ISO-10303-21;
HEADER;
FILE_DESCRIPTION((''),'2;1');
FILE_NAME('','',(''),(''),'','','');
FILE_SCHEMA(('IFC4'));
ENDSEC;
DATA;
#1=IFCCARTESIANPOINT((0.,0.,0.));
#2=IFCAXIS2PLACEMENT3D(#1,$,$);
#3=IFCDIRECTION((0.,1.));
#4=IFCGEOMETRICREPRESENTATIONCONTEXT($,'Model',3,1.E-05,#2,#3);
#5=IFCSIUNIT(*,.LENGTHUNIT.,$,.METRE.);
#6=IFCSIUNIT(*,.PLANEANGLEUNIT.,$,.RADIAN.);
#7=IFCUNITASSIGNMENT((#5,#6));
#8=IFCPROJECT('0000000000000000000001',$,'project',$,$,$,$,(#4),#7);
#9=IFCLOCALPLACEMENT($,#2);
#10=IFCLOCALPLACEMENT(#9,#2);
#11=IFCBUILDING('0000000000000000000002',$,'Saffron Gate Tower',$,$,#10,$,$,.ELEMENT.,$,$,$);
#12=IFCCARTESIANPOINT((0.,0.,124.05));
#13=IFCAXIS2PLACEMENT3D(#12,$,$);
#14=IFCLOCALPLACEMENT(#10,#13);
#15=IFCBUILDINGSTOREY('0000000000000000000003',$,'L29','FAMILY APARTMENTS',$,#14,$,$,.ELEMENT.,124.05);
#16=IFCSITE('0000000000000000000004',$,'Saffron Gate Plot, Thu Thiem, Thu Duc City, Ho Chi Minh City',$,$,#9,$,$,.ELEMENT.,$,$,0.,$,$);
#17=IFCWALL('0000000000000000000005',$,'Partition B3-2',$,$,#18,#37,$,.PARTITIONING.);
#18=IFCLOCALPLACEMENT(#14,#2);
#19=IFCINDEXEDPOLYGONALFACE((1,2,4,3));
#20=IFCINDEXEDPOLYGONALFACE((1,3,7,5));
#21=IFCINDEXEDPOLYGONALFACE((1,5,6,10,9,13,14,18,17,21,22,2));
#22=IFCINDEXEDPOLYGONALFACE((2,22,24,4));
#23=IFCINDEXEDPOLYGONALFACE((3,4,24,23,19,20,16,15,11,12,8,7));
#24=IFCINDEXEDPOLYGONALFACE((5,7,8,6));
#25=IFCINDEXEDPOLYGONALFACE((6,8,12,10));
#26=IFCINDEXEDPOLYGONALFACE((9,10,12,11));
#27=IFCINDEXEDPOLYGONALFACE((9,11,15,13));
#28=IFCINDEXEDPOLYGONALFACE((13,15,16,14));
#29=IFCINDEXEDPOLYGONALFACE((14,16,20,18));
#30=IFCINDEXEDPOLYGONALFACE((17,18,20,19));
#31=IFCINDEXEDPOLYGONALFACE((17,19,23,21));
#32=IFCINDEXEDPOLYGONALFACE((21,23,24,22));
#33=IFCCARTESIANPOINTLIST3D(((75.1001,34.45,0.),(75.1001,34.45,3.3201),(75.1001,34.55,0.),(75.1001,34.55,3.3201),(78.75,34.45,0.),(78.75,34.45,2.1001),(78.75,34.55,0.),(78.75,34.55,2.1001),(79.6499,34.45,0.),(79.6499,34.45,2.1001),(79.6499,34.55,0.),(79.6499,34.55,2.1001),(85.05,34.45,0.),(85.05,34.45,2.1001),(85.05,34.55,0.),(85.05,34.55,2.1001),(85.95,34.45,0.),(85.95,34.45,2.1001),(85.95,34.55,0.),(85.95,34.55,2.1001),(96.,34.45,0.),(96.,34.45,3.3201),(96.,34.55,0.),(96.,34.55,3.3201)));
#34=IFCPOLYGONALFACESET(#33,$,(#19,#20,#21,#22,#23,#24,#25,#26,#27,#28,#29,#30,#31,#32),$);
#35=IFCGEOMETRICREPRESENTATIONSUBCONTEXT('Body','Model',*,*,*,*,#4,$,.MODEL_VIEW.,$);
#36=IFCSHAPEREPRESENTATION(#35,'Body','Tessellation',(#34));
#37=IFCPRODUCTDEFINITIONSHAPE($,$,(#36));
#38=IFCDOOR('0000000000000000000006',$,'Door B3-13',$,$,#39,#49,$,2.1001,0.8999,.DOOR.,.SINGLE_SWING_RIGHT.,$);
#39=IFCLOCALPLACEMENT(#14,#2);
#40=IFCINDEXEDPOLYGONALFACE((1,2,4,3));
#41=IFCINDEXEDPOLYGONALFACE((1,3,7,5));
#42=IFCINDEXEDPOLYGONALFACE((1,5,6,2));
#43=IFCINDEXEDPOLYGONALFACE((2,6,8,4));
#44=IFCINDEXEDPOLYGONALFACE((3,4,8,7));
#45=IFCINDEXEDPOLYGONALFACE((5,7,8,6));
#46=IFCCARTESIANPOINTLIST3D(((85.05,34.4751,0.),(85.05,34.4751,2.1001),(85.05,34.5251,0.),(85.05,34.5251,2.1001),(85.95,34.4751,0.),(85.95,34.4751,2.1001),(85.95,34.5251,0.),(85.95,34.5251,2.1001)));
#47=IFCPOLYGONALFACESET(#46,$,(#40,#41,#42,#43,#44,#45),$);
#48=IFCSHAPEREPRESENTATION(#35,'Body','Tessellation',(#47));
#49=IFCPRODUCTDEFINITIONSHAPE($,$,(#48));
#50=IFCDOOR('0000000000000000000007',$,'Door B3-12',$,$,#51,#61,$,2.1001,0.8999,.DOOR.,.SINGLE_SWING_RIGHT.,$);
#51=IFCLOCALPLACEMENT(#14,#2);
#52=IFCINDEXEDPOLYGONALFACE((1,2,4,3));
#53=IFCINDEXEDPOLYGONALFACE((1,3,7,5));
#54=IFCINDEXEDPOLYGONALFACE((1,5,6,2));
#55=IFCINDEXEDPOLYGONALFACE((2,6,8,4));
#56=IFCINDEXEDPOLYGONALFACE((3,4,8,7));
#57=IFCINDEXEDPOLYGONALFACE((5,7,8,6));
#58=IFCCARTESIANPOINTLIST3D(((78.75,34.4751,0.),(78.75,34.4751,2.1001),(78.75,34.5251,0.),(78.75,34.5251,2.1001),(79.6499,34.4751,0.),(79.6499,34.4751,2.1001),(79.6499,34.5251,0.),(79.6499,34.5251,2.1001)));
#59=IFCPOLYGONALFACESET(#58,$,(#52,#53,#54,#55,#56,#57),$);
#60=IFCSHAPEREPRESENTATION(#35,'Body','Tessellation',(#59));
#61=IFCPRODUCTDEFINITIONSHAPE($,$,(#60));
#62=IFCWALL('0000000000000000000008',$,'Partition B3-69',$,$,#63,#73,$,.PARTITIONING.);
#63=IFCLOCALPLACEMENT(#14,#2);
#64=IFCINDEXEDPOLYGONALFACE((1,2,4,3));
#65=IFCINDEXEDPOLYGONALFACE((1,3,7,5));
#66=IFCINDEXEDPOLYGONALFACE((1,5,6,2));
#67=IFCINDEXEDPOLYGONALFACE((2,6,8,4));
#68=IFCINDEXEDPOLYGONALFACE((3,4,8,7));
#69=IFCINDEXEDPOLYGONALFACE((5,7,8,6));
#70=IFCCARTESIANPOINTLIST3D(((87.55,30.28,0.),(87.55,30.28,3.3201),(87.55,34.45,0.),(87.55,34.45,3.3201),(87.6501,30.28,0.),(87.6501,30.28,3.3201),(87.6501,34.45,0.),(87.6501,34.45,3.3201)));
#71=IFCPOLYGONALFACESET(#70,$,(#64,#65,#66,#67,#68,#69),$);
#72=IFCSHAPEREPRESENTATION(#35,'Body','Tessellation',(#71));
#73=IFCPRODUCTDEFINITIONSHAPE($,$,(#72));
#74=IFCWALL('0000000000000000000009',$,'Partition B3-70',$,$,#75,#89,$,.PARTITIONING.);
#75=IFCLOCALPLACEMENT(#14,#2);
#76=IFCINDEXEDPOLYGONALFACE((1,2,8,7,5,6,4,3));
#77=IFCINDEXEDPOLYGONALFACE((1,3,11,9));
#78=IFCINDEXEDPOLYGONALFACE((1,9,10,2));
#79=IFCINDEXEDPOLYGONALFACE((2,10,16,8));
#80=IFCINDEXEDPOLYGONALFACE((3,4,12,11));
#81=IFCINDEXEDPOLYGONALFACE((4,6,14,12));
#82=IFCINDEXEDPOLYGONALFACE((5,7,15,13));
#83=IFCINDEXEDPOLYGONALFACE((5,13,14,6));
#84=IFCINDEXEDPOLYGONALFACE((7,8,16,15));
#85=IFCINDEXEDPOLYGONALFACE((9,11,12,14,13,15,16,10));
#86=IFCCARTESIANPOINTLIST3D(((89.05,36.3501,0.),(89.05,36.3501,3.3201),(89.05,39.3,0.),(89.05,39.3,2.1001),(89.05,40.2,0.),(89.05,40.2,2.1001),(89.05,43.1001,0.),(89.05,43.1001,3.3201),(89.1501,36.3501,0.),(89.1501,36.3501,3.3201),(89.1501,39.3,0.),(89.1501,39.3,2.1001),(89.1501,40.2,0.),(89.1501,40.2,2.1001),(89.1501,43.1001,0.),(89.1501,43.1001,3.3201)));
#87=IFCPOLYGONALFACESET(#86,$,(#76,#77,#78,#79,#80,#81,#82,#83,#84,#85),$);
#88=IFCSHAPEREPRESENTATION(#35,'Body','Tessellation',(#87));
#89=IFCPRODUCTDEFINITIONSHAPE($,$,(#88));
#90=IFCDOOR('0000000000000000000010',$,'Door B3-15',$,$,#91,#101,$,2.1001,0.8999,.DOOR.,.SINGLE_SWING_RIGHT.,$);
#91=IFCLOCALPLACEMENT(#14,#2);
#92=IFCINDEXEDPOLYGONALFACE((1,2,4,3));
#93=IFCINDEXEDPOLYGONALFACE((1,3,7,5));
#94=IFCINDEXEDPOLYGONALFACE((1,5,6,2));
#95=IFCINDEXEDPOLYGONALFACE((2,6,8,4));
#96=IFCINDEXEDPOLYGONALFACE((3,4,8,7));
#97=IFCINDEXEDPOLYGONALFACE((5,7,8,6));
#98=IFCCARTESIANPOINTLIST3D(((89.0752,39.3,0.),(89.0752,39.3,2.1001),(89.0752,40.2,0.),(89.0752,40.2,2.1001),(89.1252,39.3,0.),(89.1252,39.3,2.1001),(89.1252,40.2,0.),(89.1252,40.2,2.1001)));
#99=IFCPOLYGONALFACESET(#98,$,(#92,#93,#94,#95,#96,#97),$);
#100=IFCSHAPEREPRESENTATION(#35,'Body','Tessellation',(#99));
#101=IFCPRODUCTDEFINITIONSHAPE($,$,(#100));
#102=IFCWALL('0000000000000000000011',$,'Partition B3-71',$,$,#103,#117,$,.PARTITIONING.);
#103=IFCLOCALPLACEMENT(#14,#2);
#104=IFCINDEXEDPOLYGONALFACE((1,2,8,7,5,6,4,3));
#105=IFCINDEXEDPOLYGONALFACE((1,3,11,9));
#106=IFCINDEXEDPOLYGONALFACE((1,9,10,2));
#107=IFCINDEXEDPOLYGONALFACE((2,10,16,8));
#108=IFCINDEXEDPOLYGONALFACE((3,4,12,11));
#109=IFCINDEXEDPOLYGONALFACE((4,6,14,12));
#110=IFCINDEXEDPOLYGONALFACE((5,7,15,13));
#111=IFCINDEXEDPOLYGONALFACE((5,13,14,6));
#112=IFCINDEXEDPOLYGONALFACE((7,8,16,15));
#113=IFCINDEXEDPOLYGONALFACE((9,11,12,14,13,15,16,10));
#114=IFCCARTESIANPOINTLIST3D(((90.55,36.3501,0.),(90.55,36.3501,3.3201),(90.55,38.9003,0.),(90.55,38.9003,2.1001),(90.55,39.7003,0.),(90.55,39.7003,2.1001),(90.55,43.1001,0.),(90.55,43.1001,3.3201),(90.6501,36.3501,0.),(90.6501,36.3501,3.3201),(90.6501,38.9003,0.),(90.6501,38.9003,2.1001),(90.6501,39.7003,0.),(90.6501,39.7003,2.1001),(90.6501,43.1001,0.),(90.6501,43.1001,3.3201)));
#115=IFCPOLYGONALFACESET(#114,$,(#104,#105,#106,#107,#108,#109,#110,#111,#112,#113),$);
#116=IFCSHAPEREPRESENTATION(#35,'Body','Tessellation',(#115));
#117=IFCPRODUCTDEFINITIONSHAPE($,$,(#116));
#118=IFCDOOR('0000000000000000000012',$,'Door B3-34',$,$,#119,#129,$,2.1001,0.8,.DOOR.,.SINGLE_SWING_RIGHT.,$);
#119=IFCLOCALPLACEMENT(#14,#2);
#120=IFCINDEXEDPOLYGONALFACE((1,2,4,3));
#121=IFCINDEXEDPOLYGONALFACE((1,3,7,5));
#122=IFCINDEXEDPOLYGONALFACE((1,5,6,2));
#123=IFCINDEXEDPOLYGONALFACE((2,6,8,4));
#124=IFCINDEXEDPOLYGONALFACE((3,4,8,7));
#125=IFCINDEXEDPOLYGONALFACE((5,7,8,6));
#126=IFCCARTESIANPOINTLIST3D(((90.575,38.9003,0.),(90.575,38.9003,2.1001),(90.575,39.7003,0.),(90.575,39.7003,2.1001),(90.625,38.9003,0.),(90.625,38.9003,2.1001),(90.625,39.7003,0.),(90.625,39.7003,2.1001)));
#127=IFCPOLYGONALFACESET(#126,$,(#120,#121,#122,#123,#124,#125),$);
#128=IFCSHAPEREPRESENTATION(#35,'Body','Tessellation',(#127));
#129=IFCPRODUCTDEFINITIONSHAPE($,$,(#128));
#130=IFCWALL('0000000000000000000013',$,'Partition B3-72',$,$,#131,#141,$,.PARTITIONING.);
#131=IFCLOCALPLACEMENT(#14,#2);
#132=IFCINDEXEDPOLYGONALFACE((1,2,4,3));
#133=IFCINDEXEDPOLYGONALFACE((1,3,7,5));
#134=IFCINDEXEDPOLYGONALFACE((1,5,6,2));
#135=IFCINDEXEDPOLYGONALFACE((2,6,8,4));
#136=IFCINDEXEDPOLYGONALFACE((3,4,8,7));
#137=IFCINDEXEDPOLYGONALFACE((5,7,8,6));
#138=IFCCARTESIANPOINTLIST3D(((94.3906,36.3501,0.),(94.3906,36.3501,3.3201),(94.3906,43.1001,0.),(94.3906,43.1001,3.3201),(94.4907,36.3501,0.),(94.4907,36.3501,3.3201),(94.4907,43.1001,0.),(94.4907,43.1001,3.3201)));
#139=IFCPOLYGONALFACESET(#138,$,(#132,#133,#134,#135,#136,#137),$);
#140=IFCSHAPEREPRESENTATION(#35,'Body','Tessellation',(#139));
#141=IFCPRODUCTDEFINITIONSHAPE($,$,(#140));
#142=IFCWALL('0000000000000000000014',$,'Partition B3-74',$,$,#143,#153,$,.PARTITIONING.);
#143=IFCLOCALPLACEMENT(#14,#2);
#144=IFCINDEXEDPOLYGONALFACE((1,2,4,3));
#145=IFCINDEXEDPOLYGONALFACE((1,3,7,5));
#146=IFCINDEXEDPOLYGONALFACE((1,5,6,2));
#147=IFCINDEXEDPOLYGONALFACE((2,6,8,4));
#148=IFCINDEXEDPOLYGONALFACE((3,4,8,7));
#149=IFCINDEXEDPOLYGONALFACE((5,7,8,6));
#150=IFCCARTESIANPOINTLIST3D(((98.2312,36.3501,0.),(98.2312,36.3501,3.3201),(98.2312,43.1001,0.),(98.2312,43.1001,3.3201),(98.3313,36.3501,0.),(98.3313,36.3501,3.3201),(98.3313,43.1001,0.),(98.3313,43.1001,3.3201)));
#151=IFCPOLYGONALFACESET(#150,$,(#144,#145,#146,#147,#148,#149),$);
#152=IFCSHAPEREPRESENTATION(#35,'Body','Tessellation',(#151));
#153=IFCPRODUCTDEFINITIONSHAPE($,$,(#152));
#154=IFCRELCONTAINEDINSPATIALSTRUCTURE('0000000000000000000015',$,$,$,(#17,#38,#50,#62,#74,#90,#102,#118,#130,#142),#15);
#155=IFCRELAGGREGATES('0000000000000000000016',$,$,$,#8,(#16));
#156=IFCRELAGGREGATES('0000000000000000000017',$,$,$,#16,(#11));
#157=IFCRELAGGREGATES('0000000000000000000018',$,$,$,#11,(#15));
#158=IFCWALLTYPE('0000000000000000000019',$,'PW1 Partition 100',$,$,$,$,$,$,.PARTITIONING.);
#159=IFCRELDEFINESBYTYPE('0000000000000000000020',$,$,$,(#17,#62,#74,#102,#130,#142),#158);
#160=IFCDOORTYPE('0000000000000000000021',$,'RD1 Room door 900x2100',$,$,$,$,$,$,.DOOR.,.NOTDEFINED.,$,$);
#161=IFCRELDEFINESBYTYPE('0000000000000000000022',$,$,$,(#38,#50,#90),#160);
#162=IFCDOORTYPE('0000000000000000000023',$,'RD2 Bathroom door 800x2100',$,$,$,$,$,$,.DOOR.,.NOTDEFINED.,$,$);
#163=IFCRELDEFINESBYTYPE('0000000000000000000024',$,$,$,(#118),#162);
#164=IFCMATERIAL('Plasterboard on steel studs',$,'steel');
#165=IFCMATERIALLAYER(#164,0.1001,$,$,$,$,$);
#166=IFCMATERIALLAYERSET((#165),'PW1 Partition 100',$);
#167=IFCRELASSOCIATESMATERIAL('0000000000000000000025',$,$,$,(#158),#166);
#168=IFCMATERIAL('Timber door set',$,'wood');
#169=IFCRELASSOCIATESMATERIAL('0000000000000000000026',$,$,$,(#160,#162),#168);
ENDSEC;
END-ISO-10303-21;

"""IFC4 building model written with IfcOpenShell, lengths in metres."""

from ifc_helpers import new_model, si_unit, direction, frame, frame_2d, origin, place, context, subcontext, project, spatial, rectangle, extrude, material, layer, layer_set, type_object, element, fill, save


model = new_model("IFC4")

# Units and contexts
model_context = context("Model", 3, precision=1e-05, world=origin(), true_north=direction((0.0, 1.0)))
body_context = subcontext(model_context, "Body", "Model", "MODEL_VIEW")
ifc_project = project(units=[si_unit("LENGTHUNIT", "METRE"), si_unit("PLANEANGLEUNIT", "RADIAN")], contexts=[model_context])

# Site, building, storey
site_placement = place(None, origin())
site = spatial("IfcSite", under=ifc_project, at=site_placement, Name="Saffron Gate Plot, Thu Thiem, Thu Duc City, Ho Chi Minh City", CompositionType="ELEMENT", RefElevation=0.0)
building_placement = place(site_placement, origin())
building = spatial("IfcBuilding", under=site, at=building_placement, Name="Saffron Gate Tower", CompositionType="ELEMENT")
storey_placement = place(building_placement, frame((0.0, 0.0, 124.05)))
storey = spatial("IfcBuildingStorey", under=building, at=storey_placement, Name="L29", Description="FAMILY APARTMENTS", CompositionType="ELEMENT", Elevation=124.05)

# Wall, openings, doors
ifc_material_1 = material(Name="Plasterboard on steel studs", Category="steel")
ifc_layer = layer(ifc_material_1, 0.1001)
ifc_layer_set = layer_set([ifc_layer], Name="PW1 Partition 100")
wall_type = type_object("IfcWallType", Name="PW1 Partition 100", PredefinedType="PARTITIONING", material=ifc_layer_set)
wall_1_placement = place(storey_placement, frame((96.0, 34.5, 0.0), z_axis=(0.0, 0.0, 1.0), x_axis=(-1.0, 0.0, 0.0)))
wall_1 = element("IfcWall", 1, at=wall_1_placement, inside=storey, type_object=wall_type, Name="Partition B3-2", PredefinedType="PARTITIONING", context=body_context, shape_type="SweptSolid", body=[
    extrude(rectangle(XDim=20.8999, YDim=0.1001, at=frame_2d((10.45, 0.0))), origin(), (0.0, 0.0, 1.0), 3.3201),
])
opening_1_placement = place(wall_1_placement, frame((10.05, 0.0, 0.0)))
opening_1 = element("IfcOpeningElement", 2, at=opening_1_placement, cuts=wall_1, PredefinedType="OPENING", context=body_context, shape_type="SweptSolid", body=[
    extrude(rectangle(XDim=0.8999, YDim=2.1001, at=frame_2d((0.45, 1.05))), frame((0.0, 0.0601, 0.0), z_axis=(0.0, -1.0, 0.0), x_axis=(1.0, 0.0, 0.0)), (0.0, 0.0, 1.0), 0.1201),
])
opening_2_placement = place(wall_1_placement, frame((16.3501, 0.0, 0.0)))
opening_2 = element("IfcOpeningElement", 3, at=opening_2_placement, cuts=wall_1, PredefinedType="OPENING", context=body_context, shape_type="SweptSolid", body=[
    extrude(rectangle(XDim=0.8999, YDim=2.1001, at=frame_2d((0.45, 1.05))), frame((0.0, 0.0601, 0.0), z_axis=(0.0, -1.0, 0.0), x_axis=(1.0, 0.0, 0.0)), (0.0, 0.0, 1.0), 0.1201),
])
ifc_material_2 = material(Name="Timber door set", Category="wood")
door_type_1 = type_object("IfcDoorType", Name="RD1 Room door 900x2100", OperationType="NOTDEFINED", PredefinedType="DOOR", material=ifc_material_2)
door_1_placement = place(opening_1_placement, origin())
door_1 = element("IfcDoor", 4, at=door_1_placement, inside=storey, type_object=door_type_1, Name="Door B3-13", OperationType="SINGLE_SWING_RIGHT", OverallHeight=2.1001, OverallWidth=0.8999, PredefinedType="DOOR", context=body_context, shape_type="SweptSolid", body=[
    extrude(rectangle(XDim=0.8999, YDim=2.1001, at=frame_2d((0.45, 1.05))), frame((0.0, 0.0249, 0.0), z_axis=(0.0, -1.0, 0.0), x_axis=(1.0, 0.0, 0.0)), (0.0, 0.0, 1.0), 0.05),
])
fill(opening_1, door_1)
door_2_placement = place(opening_2_placement, origin())
door_2 = element("IfcDoor", 5, at=door_2_placement, inside=storey, type_object=door_type_1, Name="Door B3-12", OperationType="SINGLE_SWING_RIGHT", OverallHeight=2.1001, OverallWidth=0.8999, PredefinedType="DOOR", context=body_context, shape_type="SweptSolid", body=[
    extrude(rectangle(XDim=0.8999, YDim=2.1001, at=frame_2d((0.45, 1.05))), frame((0.0, 0.0249, 0.0), z_axis=(0.0, -1.0, 0.0), x_axis=(1.0, 0.0, 0.0)), (0.0, 0.0, 1.0), 0.05),
])
fill(opening_2, door_2)

# Wall
wall_2_placement = place(storey_placement, frame((87.6001, 34.45, 0.0), z_axis=(0.0, 0.0, 1.0), x_axis=(0.0, -1.0, 0.0)))
element("IfcWall", 6, at=wall_2_placement, inside=storey, type_object=wall_type, Name="Partition B3-69", PredefinedType="PARTITIONING", context=body_context, shape_type="SweptSolid", body=[
    extrude(rectangle(XDim=4.1699, YDim=0.1001, at=frame_2d((2.085, 0.0))), origin(), (0.0, 0.0, 1.0), 3.3201),
])

# Walls, openings, doors
wall_3_placement = place(storey_placement, frame((89.1001, 36.3501, 0.0), z_axis=(0.0, 0.0, 1.0), x_axis=(0.0, 1.0, 0.0)))
wall_3 = element("IfcWall", 7, at=wall_3_placement, inside=storey, type_object=wall_type, Name="Partition B3-70", PredefinedType="PARTITIONING", context=body_context, shape_type="SweptSolid", body=[
    extrude(rectangle(XDim=6.75, YDim=0.1001, at=frame_2d((3.375, 0.0))), origin(), (0.0, 0.0, 1.0), 3.3201),
])
opening_3_placement = place(wall_3_placement, frame((2.95, 0.0, 0.0)))
opening_3 = element("IfcOpeningElement", 8, at=opening_3_placement, cuts=wall_3, PredefinedType="OPENING", context=body_context, shape_type="SweptSolid", body=[
    extrude(rectangle(XDim=0.8999, YDim=2.1001, at=frame_2d((0.45, 1.05))), frame((0.0, 0.0601, 0.0), z_axis=(0.0, -1.0, 0.0), x_axis=(1.0, 0.0, 0.0)), (0.0, 0.0, 1.0), 0.1201),
])
door_3_placement = place(opening_3_placement, origin())
door_3 = element("IfcDoor", 9, at=door_3_placement, inside=storey, type_object=door_type_1, Name="Door B3-15", OperationType="SINGLE_SWING_RIGHT", OverallHeight=2.1001, OverallWidth=0.8999, PredefinedType="DOOR", context=body_context, shape_type="SweptSolid", body=[
    extrude(rectangle(XDim=0.8999, YDim=2.1001, at=frame_2d((0.45, 1.05))), frame((0.0, 0.0249, 0.0), z_axis=(0.0, -1.0, 0.0), x_axis=(1.0, 0.0, 0.0)), (0.0, 0.0, 1.0), 0.05),
])
fill(opening_3, door_3)
wall_4_placement = place(storey_placement, frame((90.6001, 43.1001, 0.0), z_axis=(0.0, 0.0, 1.0), x_axis=(0.0, -1.0, 0.0)))
wall_4 = element("IfcWall", 10, at=wall_4_placement, inside=storey, type_object=wall_type, Name="Partition B3-71", PredefinedType="PARTITIONING", context=body_context, shape_type="SweptSolid", body=[
    extrude(rectangle(XDim=6.75, YDim=0.1001, at=frame_2d((3.375, 0.0))), origin(), (0.0, 0.0, 1.0), 3.3201),
])
opening_4_placement = place(wall_4_placement, frame((3.3999, 0.0, 0.0)))
opening_4 = element("IfcOpeningElement", 11, at=opening_4_placement, cuts=wall_4, PredefinedType="OPENING", context=body_context, shape_type="SweptSolid", body=[
    extrude(rectangle(XDim=0.8, YDim=2.1001, at=frame_2d((0.3999, 1.05))), frame((0.0, 0.0601, 0.0), z_axis=(0.0, -1.0, 0.0), x_axis=(1.0, 0.0, 0.0)), (0.0, 0.0, 1.0), 0.1201),
])
door_type_2 = type_object("IfcDoorType", Name="RD2 Bathroom door 800x2100", OperationType="NOTDEFINED", PredefinedType="DOOR", material=ifc_material_2)
door_4_placement = place(opening_4_placement, origin())
door_4 = element("IfcDoor", 12, at=door_4_placement, inside=storey, type_object=door_type_2, Name="Door B3-34", OperationType="SINGLE_SWING_RIGHT", OverallHeight=2.1001, OverallWidth=0.8, PredefinedType="DOOR", context=body_context, shape_type="SweptSolid", body=[
    extrude(rectangle(XDim=0.8, YDim=2.1001, at=frame_2d((0.3999, 1.05))), frame((0.0, 0.0249, 0.0), z_axis=(0.0, -1.0, 0.0), x_axis=(1.0, 0.0, 0.0)), (0.0, 0.0, 1.0), 0.05),
])
fill(opening_4, door_4)

# Walls
for number, where, z_axis, x_axis, name in (
    (13, (94.4407, 43.1001, 0.0), (0.0, 0.0, 1.0), (0.0, -1.0, 0.0), "Partition B3-72"),
    (14, (98.2812, 43.1001, 0.0), (0.0, 0.0, 1.0), (0.0, -1.0, 0.0), "Partition B3-74"),
):
    element("IfcWall", number, at=place(storey_placement, frame(where, z_axis=z_axis, x_axis=x_axis)), inside=storey, type_object=wall_type, Name=name, PredefinedType="PARTITIONING", context=body_context, shape_type="SweptSolid", body=[
        extrude(rectangle(XDim=6.75, YDim=0.1001, at=frame_2d((3.375, 0.0))), origin(), (0.0, 0.0, 1.0), 3.3201),
    ])

save(model, "model.ifc")
